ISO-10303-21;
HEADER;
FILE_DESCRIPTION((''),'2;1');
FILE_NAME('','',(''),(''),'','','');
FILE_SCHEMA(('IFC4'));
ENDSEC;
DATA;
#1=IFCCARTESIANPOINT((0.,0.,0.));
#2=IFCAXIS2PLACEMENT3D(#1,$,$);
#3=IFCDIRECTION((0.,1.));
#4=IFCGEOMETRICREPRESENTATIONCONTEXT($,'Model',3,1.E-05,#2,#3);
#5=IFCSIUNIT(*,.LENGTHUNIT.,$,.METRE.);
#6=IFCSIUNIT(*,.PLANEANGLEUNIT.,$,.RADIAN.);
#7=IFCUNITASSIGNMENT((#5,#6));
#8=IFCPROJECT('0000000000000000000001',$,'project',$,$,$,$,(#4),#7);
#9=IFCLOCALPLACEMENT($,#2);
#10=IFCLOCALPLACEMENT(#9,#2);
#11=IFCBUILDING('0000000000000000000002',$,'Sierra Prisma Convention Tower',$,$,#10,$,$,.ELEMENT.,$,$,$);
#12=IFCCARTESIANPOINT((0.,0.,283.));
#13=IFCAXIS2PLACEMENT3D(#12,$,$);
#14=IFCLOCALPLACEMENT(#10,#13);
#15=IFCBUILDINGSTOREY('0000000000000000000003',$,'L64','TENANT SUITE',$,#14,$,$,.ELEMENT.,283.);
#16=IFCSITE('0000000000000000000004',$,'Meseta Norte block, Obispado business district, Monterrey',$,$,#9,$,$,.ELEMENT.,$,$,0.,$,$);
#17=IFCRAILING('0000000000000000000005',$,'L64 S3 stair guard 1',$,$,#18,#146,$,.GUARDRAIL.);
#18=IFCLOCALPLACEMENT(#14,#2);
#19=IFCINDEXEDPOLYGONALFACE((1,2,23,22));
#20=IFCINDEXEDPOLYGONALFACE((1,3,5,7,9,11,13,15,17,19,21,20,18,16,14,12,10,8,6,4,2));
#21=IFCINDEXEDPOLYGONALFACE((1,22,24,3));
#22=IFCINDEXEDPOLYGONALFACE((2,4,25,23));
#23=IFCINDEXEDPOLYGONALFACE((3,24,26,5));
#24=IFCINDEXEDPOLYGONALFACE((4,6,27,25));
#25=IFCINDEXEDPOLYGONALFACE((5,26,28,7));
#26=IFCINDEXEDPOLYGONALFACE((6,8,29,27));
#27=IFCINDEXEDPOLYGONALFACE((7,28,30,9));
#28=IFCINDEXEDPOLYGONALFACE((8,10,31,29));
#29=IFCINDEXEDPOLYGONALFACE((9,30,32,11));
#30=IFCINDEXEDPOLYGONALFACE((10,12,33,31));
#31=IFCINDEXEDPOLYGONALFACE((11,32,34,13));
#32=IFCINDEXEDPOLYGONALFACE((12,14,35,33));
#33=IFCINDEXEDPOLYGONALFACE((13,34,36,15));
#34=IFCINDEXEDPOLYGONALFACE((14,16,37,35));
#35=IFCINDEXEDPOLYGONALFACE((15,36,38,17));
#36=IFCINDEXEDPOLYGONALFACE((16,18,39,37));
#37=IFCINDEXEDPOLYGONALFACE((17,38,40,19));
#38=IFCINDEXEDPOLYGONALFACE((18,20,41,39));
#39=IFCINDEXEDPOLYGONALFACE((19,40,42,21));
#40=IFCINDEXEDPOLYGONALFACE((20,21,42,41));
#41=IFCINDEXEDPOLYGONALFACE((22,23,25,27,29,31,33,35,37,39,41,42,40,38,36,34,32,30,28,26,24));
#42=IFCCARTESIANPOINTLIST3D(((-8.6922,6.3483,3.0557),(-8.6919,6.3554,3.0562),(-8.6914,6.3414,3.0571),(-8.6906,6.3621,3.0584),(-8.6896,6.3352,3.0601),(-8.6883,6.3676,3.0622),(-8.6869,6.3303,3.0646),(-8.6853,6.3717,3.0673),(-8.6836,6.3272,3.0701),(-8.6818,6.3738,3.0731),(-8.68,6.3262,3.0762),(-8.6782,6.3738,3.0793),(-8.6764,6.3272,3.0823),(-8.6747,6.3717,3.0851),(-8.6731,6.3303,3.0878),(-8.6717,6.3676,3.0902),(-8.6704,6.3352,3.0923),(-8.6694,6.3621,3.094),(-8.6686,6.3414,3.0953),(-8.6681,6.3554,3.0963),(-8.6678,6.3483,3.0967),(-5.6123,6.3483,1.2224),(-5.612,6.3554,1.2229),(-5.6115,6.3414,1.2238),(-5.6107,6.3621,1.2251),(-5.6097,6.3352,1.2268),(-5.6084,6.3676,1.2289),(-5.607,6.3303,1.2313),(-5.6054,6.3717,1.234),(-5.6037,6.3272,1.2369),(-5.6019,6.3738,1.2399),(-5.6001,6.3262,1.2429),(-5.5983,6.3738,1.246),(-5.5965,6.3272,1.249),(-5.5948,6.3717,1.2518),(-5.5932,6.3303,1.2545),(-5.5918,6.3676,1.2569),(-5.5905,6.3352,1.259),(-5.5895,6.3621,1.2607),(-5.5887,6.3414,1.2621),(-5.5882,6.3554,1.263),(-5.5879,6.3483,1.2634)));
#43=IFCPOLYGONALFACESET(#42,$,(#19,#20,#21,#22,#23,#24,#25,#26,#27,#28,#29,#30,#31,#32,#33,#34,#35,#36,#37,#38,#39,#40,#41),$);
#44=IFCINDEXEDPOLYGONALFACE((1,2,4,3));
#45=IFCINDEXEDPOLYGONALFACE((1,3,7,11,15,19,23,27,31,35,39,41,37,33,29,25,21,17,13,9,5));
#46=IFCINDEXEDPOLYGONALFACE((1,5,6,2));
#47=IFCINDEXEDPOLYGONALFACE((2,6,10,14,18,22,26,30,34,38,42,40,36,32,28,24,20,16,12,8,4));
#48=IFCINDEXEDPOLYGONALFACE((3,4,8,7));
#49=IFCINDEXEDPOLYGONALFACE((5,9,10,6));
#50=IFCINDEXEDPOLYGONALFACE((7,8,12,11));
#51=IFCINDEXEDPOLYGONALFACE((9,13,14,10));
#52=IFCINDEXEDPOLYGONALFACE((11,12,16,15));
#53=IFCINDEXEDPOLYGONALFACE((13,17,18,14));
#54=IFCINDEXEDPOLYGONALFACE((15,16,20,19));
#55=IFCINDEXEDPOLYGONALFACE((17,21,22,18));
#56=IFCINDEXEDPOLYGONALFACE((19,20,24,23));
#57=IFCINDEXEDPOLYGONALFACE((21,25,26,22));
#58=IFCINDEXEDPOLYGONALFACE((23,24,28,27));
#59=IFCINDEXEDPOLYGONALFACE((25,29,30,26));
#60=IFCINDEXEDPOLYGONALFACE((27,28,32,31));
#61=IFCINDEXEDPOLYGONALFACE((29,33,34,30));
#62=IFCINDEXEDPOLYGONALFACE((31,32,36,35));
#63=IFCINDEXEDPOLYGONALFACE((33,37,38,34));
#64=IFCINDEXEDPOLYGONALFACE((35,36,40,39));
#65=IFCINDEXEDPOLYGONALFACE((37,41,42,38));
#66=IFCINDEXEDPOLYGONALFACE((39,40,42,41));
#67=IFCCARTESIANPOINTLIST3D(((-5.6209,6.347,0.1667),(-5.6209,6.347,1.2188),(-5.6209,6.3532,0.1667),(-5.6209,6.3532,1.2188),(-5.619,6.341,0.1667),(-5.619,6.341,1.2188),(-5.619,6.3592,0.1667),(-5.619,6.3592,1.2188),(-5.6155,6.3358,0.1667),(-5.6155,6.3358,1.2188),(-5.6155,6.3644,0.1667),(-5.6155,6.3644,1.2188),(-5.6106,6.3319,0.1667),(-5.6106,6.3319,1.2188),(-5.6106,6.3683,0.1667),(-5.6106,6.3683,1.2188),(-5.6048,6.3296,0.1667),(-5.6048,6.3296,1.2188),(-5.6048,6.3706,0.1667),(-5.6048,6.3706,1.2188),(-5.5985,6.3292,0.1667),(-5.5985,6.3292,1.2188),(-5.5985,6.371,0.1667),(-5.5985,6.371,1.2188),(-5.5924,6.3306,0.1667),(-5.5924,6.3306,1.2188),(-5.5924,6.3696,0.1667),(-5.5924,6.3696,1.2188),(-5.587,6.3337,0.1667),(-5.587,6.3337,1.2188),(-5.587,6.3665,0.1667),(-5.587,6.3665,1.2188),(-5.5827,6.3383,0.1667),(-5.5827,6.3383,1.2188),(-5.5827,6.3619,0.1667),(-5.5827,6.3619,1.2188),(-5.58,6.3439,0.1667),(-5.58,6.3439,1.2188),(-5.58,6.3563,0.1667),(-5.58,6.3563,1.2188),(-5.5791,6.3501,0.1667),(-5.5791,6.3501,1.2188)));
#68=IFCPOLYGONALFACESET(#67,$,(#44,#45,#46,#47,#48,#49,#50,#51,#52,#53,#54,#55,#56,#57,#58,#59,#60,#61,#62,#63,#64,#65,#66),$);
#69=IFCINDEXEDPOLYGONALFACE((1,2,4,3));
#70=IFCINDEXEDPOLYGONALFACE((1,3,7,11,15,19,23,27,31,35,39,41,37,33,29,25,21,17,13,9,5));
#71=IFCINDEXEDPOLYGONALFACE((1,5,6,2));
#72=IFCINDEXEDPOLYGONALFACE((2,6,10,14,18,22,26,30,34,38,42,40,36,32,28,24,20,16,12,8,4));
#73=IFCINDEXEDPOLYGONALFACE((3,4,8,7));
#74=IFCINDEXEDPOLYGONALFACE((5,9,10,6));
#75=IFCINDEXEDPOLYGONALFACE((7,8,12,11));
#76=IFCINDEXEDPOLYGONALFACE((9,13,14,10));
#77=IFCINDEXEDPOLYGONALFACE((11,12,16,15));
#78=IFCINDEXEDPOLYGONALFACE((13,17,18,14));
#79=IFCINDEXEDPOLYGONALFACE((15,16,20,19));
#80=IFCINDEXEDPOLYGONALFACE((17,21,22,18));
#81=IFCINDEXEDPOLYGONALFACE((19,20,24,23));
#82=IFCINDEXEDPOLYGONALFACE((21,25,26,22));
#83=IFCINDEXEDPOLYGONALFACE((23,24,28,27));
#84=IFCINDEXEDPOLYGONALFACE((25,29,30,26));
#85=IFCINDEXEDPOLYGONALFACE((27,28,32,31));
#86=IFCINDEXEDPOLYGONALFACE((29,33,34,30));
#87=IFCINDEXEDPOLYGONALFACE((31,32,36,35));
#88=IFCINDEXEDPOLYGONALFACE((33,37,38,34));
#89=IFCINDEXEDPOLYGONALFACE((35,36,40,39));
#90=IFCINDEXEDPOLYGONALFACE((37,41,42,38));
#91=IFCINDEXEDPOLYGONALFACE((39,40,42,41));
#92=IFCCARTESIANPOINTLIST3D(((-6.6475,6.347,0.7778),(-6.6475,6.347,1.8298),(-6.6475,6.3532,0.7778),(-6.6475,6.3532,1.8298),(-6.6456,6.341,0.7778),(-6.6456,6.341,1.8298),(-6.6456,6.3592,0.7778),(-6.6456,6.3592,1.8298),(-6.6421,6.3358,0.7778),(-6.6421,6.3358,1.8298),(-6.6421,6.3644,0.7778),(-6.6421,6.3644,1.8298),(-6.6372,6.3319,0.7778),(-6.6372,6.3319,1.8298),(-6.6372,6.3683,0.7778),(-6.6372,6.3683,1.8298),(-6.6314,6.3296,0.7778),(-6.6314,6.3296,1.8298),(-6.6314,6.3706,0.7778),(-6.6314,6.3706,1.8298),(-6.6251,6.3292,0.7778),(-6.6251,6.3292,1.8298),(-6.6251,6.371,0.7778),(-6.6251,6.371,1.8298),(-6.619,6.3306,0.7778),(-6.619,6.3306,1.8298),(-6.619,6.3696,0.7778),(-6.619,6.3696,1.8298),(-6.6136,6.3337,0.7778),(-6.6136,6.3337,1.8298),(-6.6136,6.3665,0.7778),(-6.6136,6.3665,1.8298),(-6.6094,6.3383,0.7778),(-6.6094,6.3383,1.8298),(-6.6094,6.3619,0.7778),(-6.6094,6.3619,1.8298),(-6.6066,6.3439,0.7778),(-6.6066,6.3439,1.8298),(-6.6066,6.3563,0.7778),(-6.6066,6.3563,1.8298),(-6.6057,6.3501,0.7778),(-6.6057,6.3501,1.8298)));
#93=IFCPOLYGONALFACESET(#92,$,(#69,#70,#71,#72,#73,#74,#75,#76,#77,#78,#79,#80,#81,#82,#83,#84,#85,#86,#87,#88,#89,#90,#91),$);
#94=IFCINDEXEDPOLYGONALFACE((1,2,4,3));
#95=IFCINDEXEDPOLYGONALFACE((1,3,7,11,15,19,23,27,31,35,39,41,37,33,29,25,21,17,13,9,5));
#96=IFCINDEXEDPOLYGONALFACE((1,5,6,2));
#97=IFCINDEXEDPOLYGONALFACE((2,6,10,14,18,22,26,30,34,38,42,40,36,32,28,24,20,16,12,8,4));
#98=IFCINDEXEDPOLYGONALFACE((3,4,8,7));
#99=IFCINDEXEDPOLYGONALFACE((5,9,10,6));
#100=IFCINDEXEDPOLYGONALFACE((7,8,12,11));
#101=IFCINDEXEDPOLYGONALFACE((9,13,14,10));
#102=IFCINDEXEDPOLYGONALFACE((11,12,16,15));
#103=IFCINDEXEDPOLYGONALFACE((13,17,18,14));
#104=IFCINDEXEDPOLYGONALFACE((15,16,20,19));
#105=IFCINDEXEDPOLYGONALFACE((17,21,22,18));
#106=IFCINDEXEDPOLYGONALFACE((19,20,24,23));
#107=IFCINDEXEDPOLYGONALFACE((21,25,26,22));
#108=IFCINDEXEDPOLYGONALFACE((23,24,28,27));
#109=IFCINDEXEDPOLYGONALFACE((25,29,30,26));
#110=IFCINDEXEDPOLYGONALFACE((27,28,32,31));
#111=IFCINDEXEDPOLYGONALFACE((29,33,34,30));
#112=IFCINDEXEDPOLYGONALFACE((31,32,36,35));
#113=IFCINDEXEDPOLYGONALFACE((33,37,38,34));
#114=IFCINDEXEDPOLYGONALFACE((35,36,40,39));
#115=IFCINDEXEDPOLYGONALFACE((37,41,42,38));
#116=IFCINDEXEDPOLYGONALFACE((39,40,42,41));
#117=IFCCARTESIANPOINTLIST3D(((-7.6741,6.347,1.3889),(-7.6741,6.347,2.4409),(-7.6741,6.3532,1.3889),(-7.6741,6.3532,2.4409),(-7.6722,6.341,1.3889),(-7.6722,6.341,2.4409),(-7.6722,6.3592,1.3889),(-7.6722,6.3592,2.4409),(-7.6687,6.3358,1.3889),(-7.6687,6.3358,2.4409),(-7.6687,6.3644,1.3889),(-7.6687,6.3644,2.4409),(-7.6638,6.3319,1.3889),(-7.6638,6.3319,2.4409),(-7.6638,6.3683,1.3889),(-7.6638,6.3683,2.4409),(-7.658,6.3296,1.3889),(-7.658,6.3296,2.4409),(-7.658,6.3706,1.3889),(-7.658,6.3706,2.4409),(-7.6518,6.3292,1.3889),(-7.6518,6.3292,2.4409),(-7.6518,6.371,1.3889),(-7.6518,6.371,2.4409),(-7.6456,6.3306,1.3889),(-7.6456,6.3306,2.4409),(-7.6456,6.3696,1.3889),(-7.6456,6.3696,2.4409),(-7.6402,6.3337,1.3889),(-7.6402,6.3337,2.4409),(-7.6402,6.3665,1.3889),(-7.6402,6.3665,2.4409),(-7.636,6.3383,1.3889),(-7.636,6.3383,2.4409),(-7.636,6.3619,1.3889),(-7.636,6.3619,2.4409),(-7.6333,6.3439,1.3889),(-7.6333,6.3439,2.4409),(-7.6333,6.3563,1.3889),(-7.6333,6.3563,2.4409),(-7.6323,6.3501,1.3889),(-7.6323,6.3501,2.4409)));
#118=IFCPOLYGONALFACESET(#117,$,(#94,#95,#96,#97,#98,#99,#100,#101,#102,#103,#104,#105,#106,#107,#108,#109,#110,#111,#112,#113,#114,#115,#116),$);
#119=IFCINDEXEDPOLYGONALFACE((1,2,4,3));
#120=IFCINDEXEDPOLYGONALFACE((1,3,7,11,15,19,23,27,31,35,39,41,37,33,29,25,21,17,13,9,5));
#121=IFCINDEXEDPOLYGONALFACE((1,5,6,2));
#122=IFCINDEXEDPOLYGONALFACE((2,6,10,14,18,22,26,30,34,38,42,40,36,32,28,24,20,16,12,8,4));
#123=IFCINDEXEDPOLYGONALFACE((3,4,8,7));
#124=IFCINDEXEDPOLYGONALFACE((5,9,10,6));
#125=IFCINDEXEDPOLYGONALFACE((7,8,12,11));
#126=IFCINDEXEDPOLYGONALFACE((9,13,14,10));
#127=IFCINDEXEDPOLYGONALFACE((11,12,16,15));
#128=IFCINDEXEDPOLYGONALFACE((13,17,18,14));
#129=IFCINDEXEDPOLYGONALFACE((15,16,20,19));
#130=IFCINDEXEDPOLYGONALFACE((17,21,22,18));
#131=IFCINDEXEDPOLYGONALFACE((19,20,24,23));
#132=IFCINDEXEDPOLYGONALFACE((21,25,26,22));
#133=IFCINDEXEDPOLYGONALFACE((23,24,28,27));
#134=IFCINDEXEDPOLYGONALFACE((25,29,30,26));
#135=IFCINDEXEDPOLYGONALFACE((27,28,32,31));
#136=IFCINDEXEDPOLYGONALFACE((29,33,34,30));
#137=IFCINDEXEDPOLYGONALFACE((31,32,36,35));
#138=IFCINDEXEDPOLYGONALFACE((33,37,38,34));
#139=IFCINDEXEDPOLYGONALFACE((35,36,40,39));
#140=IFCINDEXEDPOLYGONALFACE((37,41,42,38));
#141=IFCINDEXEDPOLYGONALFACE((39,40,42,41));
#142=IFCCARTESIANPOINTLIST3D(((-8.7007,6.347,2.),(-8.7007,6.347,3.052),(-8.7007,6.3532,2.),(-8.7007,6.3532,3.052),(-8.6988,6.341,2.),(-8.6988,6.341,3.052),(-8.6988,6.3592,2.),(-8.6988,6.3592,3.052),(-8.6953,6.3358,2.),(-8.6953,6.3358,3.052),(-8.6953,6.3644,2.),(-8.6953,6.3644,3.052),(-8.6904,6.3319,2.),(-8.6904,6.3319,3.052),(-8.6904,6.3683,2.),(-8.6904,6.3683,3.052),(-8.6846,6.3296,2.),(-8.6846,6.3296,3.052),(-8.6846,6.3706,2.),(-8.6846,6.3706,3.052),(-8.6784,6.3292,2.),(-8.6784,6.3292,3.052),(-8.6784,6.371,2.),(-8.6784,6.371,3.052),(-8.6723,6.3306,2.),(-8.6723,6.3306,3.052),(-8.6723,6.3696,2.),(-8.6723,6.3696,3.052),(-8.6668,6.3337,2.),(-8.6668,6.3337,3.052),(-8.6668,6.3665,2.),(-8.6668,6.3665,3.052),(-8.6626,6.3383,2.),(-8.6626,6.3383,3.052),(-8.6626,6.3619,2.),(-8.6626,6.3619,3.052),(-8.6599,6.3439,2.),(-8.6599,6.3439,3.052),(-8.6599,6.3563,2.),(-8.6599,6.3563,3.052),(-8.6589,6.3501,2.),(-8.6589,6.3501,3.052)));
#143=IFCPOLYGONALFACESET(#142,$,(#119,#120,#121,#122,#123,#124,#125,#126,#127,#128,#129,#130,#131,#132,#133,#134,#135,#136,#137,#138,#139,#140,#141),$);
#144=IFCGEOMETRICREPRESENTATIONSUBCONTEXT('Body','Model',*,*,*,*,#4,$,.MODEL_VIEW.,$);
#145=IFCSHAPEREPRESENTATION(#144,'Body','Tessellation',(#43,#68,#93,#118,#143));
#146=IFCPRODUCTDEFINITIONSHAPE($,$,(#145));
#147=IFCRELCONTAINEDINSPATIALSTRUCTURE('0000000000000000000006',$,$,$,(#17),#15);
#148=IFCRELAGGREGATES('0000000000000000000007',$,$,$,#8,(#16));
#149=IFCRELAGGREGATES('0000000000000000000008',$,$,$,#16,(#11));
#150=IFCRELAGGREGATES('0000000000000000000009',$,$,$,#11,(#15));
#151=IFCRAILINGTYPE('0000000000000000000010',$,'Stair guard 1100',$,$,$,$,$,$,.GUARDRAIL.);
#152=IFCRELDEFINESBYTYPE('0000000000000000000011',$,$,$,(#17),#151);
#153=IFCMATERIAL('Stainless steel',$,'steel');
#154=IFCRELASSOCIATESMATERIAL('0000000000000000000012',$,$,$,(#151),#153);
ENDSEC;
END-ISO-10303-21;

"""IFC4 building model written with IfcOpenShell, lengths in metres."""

from ifc_helpers import new_model, si_unit, direction, frame, origin, origin_2d, place, context, subcontext, project, spatial, circle, extrude, material, type_object, element, save


model = new_model("IFC4")

# Units and contexts
model_context = context("Model", 3, precision=1e-05, world=origin(), true_north=direction((0.0, 1.0)))
body_context = subcontext(model_context, "Body", "Model", "MODEL_VIEW")
ifc_project = project(units=[si_unit("LENGTHUNIT", "METRE"), si_unit("PLANEANGLEUNIT", "RADIAN")], contexts=[model_context])

# Site, building, storey
site_placement = place(None, origin())
site = spatial("IfcSite", under=ifc_project, at=site_placement, Name="Meseta Norte block, Obispado business district, Monterrey", CompositionType="ELEMENT", RefElevation=0.0)
building_placement = place(site_placement, origin())
building = spatial("IfcBuilding", under=site, at=building_placement, Name="Sierra Prisma Convention Tower", CompositionType="ELEMENT")
storey_placement = place(building_placement, frame((0.0, 0.0, 283.0)))
storey = spatial("IfcBuildingStorey", under=building, at=storey_placement, Name="L64", Description="TENANT SUITE", CompositionType="ELEMENT", Elevation=283.0)

# Railing
ifc_material_1 = material(Name="Stainless steel", Category="steel")
railing_type_1 = type_object("IfcRailingType", Name="Stair guard 1100", PredefinedType="GUARDRAIL", material=ifc_material_1)
railing_1_placement = place(storey_placement, frame((-5.6001, 6.3501, 0.1667)))
element("IfcRailing", 1, at=railing_1_placement, inside=storey, type_object=railing_type_1, Name="L64 S3 stair guard 1", PredefinedType="GUARDRAIL", context=body_context, shape_type="SweptSolid", body=[
    extrude(circle(Radius=0.0239, at=origin_2d()), frame((0.0, 0.0, 1.0762), z_axis=(-0.859291, 0.0, 0.511487), x_axis=(0.0, -1.0, 0.0)), (0.0, 0.0, 1.0), 3.5842),
    extrude(circle(Radius=0.021, at=origin_2d()), origin(), (0.0, 0.0, 1.0), 1.052),
    extrude(circle(Radius=0.021, at=origin_2d()), frame((-1.0266, 0.0, 0.6111)), (0.0, 0.0, 1.0), 1.052),
    extrude(circle(Radius=0.021, at=origin_2d()), frame((-2.0532, 0.0, 1.2222)), (0.0, 0.0, 1.0), 1.052),
    extrude(circle(Radius=0.021, at=origin_2d()), frame((-3.0798, 0.0, 1.8333)), (0.0, 0.0, 1.0), 1.052),
])

save(model, "model.ifc")
